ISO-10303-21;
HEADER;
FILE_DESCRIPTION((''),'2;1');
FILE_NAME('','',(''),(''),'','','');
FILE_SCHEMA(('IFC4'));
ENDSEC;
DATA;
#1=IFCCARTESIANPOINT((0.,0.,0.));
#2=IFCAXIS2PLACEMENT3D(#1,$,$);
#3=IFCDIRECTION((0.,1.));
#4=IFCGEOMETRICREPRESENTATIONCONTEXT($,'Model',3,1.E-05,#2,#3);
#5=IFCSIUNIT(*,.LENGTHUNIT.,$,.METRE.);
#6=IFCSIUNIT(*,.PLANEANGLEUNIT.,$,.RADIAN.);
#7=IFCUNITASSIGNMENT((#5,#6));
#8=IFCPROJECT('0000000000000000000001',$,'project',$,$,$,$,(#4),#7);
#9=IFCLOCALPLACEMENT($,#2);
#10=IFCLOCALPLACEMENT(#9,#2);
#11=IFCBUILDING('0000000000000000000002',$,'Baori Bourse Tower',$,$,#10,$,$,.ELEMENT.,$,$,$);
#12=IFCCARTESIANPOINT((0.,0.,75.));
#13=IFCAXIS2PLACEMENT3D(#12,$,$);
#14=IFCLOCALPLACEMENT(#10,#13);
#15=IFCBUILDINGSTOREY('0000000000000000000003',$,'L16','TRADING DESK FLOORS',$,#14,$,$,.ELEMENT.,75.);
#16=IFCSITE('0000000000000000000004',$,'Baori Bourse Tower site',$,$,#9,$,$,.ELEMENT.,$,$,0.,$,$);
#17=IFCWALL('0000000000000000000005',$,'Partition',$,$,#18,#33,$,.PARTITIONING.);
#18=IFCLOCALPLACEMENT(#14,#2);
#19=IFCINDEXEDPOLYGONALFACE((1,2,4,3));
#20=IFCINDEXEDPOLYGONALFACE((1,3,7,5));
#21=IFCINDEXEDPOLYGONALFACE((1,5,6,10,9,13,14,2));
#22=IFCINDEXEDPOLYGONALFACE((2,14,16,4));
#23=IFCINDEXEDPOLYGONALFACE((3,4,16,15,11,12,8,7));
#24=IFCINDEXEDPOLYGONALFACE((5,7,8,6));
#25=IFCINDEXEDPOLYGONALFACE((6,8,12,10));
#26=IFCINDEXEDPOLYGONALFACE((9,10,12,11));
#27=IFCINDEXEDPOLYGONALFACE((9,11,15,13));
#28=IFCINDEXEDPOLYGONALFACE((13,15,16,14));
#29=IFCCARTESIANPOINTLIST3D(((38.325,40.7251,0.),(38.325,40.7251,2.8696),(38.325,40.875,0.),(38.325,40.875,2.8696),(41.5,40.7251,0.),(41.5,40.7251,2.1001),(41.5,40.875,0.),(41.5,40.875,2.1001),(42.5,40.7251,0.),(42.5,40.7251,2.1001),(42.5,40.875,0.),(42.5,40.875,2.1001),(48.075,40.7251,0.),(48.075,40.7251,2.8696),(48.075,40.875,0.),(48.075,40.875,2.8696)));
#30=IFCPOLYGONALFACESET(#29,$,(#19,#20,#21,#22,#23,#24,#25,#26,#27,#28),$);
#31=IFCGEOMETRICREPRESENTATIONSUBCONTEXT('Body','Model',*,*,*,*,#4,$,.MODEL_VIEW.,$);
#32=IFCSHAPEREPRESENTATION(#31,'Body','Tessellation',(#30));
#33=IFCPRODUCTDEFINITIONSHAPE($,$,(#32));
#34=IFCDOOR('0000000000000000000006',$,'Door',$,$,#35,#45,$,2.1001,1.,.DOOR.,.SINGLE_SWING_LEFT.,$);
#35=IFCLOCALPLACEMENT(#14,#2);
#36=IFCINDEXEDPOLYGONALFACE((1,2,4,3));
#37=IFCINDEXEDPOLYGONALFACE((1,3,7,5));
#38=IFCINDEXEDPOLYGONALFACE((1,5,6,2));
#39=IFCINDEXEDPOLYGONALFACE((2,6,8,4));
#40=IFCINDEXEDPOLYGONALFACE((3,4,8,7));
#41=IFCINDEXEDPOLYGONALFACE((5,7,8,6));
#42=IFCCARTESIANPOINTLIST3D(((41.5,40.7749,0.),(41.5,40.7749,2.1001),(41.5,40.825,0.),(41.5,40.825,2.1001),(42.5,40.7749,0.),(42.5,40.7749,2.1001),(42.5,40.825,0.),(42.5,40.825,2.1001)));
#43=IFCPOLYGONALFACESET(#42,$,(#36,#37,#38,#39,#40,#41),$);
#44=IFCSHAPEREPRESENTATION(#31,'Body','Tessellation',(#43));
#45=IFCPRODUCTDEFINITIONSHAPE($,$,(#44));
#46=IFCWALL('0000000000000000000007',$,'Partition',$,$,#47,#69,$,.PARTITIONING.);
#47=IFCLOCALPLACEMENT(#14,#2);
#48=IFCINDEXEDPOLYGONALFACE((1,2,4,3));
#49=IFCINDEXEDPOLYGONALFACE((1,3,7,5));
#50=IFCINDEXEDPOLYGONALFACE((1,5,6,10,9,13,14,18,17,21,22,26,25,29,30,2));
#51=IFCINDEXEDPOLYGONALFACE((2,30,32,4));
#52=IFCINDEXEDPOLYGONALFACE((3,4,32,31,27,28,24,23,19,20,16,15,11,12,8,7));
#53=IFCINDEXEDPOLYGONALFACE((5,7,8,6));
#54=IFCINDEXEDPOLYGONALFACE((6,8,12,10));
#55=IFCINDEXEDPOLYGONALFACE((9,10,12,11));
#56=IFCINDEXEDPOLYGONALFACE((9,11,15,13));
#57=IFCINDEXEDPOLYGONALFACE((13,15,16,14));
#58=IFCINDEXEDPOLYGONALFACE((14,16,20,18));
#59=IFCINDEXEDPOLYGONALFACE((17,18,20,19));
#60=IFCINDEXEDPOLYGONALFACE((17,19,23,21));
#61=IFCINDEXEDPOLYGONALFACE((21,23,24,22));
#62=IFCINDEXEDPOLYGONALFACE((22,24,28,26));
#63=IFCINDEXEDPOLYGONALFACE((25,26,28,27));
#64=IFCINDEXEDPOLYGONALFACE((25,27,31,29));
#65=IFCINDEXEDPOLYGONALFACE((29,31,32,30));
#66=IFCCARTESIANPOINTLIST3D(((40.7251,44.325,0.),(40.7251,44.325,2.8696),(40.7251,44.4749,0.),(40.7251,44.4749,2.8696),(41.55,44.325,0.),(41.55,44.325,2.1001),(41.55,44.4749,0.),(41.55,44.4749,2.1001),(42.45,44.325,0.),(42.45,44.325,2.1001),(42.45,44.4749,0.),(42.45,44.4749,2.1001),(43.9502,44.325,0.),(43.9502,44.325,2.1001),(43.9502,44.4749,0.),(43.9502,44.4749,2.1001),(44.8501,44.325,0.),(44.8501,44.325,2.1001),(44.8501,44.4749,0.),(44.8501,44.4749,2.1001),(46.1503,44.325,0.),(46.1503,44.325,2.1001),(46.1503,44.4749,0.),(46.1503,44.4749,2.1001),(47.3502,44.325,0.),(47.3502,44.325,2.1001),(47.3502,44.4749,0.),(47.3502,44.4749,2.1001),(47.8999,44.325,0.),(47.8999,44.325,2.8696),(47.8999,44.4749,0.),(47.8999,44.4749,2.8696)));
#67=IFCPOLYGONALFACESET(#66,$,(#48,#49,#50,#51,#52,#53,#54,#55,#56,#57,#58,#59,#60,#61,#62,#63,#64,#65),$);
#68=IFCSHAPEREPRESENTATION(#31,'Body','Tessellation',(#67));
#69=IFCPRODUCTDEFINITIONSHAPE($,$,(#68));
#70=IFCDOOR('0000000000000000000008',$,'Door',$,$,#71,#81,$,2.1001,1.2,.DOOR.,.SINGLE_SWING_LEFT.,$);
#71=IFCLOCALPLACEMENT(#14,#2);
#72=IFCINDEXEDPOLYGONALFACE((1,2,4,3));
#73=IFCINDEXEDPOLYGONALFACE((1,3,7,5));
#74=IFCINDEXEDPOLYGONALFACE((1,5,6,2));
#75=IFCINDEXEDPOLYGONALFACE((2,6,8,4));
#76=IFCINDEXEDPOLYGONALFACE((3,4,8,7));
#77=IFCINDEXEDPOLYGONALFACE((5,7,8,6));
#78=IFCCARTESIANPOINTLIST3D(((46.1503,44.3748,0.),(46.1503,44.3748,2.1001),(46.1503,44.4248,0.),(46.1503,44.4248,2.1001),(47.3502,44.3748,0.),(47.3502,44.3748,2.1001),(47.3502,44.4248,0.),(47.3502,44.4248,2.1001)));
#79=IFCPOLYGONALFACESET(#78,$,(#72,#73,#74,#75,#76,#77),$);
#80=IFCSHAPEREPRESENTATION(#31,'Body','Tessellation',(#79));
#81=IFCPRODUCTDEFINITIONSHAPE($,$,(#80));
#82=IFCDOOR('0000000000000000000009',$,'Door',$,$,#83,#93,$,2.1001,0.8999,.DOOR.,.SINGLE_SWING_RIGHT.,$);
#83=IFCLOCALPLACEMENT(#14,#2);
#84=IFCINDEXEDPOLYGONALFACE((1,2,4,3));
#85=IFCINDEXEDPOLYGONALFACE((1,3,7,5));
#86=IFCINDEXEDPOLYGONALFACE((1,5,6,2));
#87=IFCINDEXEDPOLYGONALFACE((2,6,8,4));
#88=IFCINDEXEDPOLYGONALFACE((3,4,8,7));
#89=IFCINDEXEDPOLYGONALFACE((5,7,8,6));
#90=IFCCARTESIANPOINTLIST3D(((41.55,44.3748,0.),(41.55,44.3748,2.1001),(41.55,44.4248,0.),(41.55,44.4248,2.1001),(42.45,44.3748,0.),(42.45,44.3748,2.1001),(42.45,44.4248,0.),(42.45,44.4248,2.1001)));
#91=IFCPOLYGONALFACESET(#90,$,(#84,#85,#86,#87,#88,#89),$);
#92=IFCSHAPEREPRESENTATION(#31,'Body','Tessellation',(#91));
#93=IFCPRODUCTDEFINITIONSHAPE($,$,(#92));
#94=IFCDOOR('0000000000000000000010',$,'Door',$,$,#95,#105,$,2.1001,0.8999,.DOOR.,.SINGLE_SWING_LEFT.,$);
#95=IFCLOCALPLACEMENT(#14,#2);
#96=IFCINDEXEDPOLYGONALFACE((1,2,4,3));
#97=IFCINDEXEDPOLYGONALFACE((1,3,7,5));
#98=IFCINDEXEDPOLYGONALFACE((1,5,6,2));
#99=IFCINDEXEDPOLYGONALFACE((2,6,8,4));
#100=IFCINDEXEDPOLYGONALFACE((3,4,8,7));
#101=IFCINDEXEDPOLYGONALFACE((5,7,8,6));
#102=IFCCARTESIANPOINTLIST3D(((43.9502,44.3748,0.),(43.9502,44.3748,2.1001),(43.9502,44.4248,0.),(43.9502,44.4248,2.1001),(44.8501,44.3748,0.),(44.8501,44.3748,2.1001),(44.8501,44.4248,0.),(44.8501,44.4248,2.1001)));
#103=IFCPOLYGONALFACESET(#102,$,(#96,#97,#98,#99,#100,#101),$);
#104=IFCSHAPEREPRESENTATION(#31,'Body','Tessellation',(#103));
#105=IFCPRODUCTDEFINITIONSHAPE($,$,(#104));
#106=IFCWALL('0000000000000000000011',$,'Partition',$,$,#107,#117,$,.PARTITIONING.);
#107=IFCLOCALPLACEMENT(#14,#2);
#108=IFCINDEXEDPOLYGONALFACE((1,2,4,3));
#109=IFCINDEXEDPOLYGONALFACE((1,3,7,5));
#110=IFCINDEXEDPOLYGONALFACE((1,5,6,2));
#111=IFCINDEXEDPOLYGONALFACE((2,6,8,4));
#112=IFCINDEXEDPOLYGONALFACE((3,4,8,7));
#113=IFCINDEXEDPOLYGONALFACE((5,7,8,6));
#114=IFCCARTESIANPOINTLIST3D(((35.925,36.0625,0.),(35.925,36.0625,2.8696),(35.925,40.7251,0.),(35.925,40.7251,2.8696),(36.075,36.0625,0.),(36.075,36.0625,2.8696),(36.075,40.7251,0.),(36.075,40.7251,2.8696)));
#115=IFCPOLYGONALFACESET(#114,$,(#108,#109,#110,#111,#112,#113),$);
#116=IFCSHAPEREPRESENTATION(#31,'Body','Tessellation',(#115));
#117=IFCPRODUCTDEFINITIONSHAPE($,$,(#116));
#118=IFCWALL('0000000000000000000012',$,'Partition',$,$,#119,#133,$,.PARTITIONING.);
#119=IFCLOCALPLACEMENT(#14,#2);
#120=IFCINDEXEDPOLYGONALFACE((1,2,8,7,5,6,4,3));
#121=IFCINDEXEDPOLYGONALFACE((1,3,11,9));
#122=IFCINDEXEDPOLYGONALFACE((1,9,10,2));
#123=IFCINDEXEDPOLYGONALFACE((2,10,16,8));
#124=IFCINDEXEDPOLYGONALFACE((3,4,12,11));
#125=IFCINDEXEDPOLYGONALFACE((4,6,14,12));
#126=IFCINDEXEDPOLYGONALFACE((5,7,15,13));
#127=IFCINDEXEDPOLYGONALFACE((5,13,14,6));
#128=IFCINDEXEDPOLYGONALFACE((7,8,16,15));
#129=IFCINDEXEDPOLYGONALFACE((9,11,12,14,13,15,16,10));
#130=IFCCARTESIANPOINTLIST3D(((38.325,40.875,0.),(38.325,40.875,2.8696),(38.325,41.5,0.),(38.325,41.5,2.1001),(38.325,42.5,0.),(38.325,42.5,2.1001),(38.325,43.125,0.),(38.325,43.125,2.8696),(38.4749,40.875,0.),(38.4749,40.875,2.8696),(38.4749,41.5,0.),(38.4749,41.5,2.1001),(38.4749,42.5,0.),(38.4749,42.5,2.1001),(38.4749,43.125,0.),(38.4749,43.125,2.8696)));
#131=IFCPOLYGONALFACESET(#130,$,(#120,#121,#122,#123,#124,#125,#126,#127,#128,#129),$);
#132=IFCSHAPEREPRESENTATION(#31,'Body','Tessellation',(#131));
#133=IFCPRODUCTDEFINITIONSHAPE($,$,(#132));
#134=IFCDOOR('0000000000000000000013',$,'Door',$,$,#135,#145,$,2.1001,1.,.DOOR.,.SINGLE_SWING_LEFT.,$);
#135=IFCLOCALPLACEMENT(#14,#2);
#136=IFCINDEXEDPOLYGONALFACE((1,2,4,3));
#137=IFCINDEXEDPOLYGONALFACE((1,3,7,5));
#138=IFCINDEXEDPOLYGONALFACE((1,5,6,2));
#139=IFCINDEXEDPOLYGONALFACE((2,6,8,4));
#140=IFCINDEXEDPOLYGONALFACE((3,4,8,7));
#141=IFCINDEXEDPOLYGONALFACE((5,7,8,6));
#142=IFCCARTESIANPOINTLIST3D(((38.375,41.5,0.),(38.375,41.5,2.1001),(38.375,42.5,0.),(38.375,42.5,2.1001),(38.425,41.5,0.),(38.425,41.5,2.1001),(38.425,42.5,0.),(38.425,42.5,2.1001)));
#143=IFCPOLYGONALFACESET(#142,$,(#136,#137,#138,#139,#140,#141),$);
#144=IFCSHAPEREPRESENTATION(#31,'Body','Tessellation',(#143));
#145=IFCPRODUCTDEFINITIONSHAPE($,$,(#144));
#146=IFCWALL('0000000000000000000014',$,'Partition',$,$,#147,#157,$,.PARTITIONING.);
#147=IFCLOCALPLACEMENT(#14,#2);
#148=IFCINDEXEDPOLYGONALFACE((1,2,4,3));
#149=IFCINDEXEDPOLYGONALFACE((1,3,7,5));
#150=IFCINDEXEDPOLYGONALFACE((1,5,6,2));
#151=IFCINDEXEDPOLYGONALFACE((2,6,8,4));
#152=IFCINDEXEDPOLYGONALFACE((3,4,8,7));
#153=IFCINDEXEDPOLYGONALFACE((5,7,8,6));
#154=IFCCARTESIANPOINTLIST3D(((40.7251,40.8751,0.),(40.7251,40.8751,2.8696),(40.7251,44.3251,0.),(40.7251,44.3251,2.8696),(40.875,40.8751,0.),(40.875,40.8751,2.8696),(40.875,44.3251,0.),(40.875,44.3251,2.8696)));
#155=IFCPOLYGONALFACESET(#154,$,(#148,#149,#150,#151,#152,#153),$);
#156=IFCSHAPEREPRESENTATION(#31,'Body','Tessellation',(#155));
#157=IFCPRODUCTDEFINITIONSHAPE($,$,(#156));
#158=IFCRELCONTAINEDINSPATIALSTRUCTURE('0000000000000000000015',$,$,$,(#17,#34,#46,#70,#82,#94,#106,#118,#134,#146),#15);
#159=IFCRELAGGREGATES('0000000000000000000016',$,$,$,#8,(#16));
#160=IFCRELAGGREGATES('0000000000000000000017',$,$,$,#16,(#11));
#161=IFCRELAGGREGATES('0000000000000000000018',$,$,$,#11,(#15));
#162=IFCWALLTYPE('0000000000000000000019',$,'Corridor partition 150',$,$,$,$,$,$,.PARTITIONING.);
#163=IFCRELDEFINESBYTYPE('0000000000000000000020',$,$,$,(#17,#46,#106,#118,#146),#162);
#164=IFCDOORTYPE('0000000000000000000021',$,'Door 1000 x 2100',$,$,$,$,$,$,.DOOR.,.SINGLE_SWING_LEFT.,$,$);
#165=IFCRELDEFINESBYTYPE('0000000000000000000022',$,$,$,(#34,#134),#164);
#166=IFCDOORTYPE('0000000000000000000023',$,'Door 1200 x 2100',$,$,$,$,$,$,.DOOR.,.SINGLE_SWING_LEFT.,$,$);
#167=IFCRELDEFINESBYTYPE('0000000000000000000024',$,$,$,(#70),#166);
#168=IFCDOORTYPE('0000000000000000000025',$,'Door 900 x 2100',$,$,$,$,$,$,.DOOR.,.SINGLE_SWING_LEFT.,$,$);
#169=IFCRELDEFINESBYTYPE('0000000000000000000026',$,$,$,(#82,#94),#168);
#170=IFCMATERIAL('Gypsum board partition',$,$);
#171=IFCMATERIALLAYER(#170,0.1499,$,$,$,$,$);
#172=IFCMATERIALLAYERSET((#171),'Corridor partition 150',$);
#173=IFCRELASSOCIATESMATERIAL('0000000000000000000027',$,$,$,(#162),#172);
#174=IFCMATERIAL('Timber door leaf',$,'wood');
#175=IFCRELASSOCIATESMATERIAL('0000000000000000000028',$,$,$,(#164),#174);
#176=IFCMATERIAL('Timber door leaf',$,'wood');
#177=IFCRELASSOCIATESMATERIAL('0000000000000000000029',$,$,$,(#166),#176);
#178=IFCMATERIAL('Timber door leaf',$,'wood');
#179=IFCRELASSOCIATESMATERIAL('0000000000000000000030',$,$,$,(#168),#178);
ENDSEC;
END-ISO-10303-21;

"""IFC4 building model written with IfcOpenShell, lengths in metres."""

from ifc_helpers import new_model, si_unit, direction, frame, frame_2d, origin, place, context, subcontext, project, spatial, rectangle, extrude, material, layer, layer_set, type_object, element, fill, save


model = new_model("IFC4")

# Units and contexts
model_context = context("Model", 3, precision=1e-05, world=origin(), true_north=direction((0.0, 1.0)))
body_context = subcontext(model_context, "Body", "Model", "MODEL_VIEW")
ifc_project = project(units=[si_unit("LENGTHUNIT", "METRE"), si_unit("PLANEANGLEUNIT", "RADIAN")], contexts=[model_context])

# Site, building, storey
site_placement = place(None, origin())
site = spatial("IfcSite", under=ifc_project, at=site_placement, Name="Baori Bourse Tower site", CompositionType="ELEMENT", RefElevation=0.0)
building_placement = place(site_placement, origin())
building = spatial("IfcBuilding", under=site, at=building_placement, Name="Baori Bourse Tower", CompositionType="ELEMENT")
storey_placement = place(building_placement, frame((0.0, 0.0, 75.0)))
storey = spatial("IfcBuildingStorey", under=building, at=storey_placement, Name="L16", Description="TRADING DESK FLOORS", CompositionType="ELEMENT", Elevation=75.0)

# Wall, opening, door
ifc_material_1 = material(Name="Gypsum board partition")
ifc_layer_1 = layer(ifc_material_1, 0.1499)
ifc_layer_set_1 = layer_set([ifc_layer_1], Name="Corridor partition 150")
wall_type_1 = type_object("IfcWallType", Name="Corridor partition 150", PredefinedType="PARTITIONING", material=ifc_layer_set_1)
wall_1_placement = place(storey_placement, frame((38.325, 40.8, 0.0), z_axis=(0.0, 0.0, 1.0), x_axis=(1.0, 0.0, 0.0)))
wall_1 = element("IfcWall", 1, at=wall_1_placement, inside=storey, type_object=wall_type_1, Name="Partition", PredefinedType="PARTITIONING", context=body_context, shape_type="SweptSolid", body=[
    extrude(rectangle(XDim=9.75, YDim=0.1499, at=frame_2d((4.875, 0.0))), origin(), (0.0, 0.0, 1.0), 2.8696),
])
opening_1_placement = place(wall_1_placement, frame((3.175, 0.0, 0.0)))
opening_1 = element("IfcOpeningElement", 2, at=opening_1_placement, cuts=wall_1, PredefinedType="OPENING", context=body_context, shape_type="SweptSolid", body=[
    extrude(rectangle(XDim=1.0, YDim=2.1001, at=frame_2d((0.5, 1.05))), frame((0.0, 0.085, 0.0), z_axis=(0.0, -1.0, 0.0), x_axis=(1.0, 0.0, 0.0)), (0.0, 0.0, 1.0), 0.1699),
])
ifc_material_2 = material(Name="Timber door leaf", Category="wood")
door_type_1 = type_object("IfcDoorType", Name="Door 1000 x 2100", OperationType="SINGLE_SWING_LEFT", PredefinedType="DOOR", material=ifc_material_2)
door_1_placement = place(opening_1_placement, origin())
door_1 = element("IfcDoor", 3, at=door_1_placement, inside=storey, type_object=door_type_1, Name="Door", OperationType="SINGLE_SWING_LEFT", OverallHeight=2.1001, OverallWidth=1.0, PredefinedType="DOOR", context=body_context, shape_type="SweptSolid", body=[
    extrude(rectangle(XDim=1.0, YDim=2.1001, at=frame_2d((0.5, 1.05))), frame((0.0, 0.0249, 0.0), z_axis=(0.0, -1.0, 0.0), x_axis=(1.0, 0.0, 0.0)), (0.0, 0.0, 1.0), 0.05),
])
fill(opening_1, door_1)

# Wall, openings, doors
wall_2_placement = place(storey_placement, frame((40.7251, 44.3999, 0.0), z_axis=(0.0, 0.0, 1.0), x_axis=(1.0, 0.0, 0.0)))
wall_2 = element("IfcWall", 4, at=wall_2_placement, inside=storey, type_object=wall_type_1, Name="Partition", PredefinedType="PARTITIONING", context=body_context, shape_type="SweptSolid", body=[
    extrude(rectangle(XDim=7.1748, YDim=0.1499, at=frame_2d((3.5874, 0.0))), origin(), (0.0, 0.0, 1.0), 2.8696),
])
opening_2_placement = place(wall_2_placement, frame((0.825, 0.0, 0.0)))
opening_2 = element("IfcOpeningElement", 5, at=opening_2_placement, cuts=wall_2, PredefinedType="OPENING", context=body_context, shape_type="SweptSolid", body=[
    extrude(rectangle(XDim=0.8999, YDim=2.1001, at=frame_2d((0.45, 1.05))), frame((0.0, 0.085, 0.0), z_axis=(0.0, -1.0, 0.0), x_axis=(1.0, 0.0, 0.0)), (0.0, 0.0, 1.0), 0.1699),
])
opening_3_placement = place(wall_2_placement, frame((3.2251, 0.0, 0.0)))
opening_3 = element("IfcOpeningElement", 6, at=opening_3_placement, cuts=wall_2, PredefinedType="OPENING", context=body_context, shape_type="SweptSolid", body=[
    extrude(rectangle(XDim=0.8999, YDim=2.1001, at=frame_2d((0.45, 1.05))), frame((0.0, 0.085, 0.0), z_axis=(0.0, -1.0, 0.0), x_axis=(1.0, 0.0, 0.0)), (0.0, 0.0, 1.0), 0.1699),
])
opening_4_placement = place(wall_2_placement, frame((5.425, 0.0, 0.0)))
opening_4 = element("IfcOpeningElement", 7, at=opening_4_placement, cuts=wall_2, PredefinedType="OPENING", context=body_context, shape_type="SweptSolid", body=[
    extrude(rectangle(XDim=1.2, YDim=2.1001, at=frame_2d((0.6001, 1.05))), frame((0.0, 0.085, 0.0), z_axis=(0.0, -1.0, 0.0), x_axis=(1.0, 0.0, 0.0)), (0.0, 0.0, 1.0), 0.1699),
])
ifc_material_3 = material(Name="Timber door leaf", Category="wood")
door_type_2 = type_object("IfcDoorType", Name="Door 1200 x 2100", OperationType="SINGLE_SWING_LEFT", PredefinedType="DOOR", material=ifc_material_3)
door_2_placement = place(opening_4_placement, origin())
door_2 = element("IfcDoor", 8, at=door_2_placement, inside=storey, type_object=door_type_2, Name="Door", OperationType="SINGLE_SWING_LEFT", OverallHeight=2.1001, OverallWidth=1.2, PredefinedType="DOOR", context=body_context, shape_type="SweptSolid", body=[
    extrude(rectangle(XDim=1.2, YDim=2.1001, at=frame_2d((0.6001, 1.05))), frame((0.0, 0.0249, 0.0), z_axis=(0.0, -1.0, 0.0), x_axis=(1.0, 0.0, 0.0)), (0.0, 0.0, 1.0), 0.05),
])
fill(opening_4, door_2)
ifc_material_4 = material(Name="Timber door leaf", Category="wood")
door_type_3 = type_object("IfcDoorType", Name="Door 900 x 2100", OperationType="SINGLE_SWING_LEFT", PredefinedType="DOOR", material=ifc_material_4)
door_3_placement = place(opening_2_placement, origin())
door_3 = element("IfcDoor", 9, at=door_3_placement, inside=storey, type_object=door_type_3, Name="Door", OperationType="SINGLE_SWING_RIGHT", OverallHeight=2.1001, OverallWidth=0.8999, PredefinedType="DOOR", context=body_context, shape_type="SweptSolid", body=[
    extrude(rectangle(XDim=0.8999, YDim=2.1001, at=frame_2d((0.45, 1.05))), frame((0.0, 0.0249, 0.0), z_axis=(0.0, -1.0, 0.0), x_axis=(1.0, 0.0, 0.0)), (0.0, 0.0, 1.0), 0.05),
])
fill(opening_2, door_3)
door_4_placement = place(opening_3_placement, origin())
door_4 = element("IfcDoor", 10, at=door_4_placement, inside=storey, type_object=door_type_3, Name="Door", OperationType="SINGLE_SWING_LEFT", OverallHeight=2.1001, OverallWidth=0.8999, PredefinedType="DOOR", context=body_context, shape_type="SweptSolid", body=[
    extrude(rectangle(XDim=0.8999, YDim=2.1001, at=frame_2d((0.45, 1.05))), frame((0.0, 0.0249, 0.0), z_axis=(0.0, -1.0, 0.0), x_axis=(1.0, 0.0, 0.0)), (0.0, 0.0, 1.0), 0.05),
])
fill(opening_3, door_4)

# Wall
wall_3_placement = place(storey_placement, frame((36.0, 36.0625, 0.0), z_axis=(0.0, 0.0, 1.0), x_axis=(0.0, 1.0, 0.0)))
element("IfcWall", 11, at=wall_3_placement, inside=storey, type_object=wall_type_1, Name="Partition", PredefinedType="PARTITIONING", context=body_context, shape_type="SweptSolid", body=[
    extrude(rectangle(XDim=4.6626, YDim=0.1499, at=frame_2d((2.3313, 0.0))), origin(), (0.0, 0.0, 1.0), 2.8696),
])

# Wall, opening, door
wall_4_placement = place(storey_placement, frame((38.3999, 40.875, 0.0), z_axis=(0.0, 0.0, 1.0), x_axis=(0.0, 1.0, 0.0)))
wall_4 = element("IfcWall", 12, at=wall_4_placement, inside=storey, type_object=wall_type_1, Name="Partition", PredefinedType="PARTITIONING", context=body_context, shape_type="SweptSolid", body=[
    extrude(rectangle(XDim=2.25, YDim=0.1499, at=frame_2d((1.125, 0.0))), origin(), (0.0, 0.0, 1.0), 2.8696),
])
opening_5_placement = place(wall_4_placement, frame((0.625, 0.0, 0.0)))
opening_5 = element("IfcOpeningElement", 13, at=opening_5_placement, cuts=wall_4, PredefinedType="OPENING", context=body_context, shape_type="SweptSolid", body=[
    extrude(rectangle(XDim=1.0, YDim=2.1001, at=frame_2d((0.5, 1.05))), frame((0.0, 0.085, 0.0), z_axis=(0.0, -1.0, 0.0), x_axis=(1.0, 0.0, 0.0)), (0.0, 0.0, 1.0), 0.1699),
])
door_5_placement = place(opening_5_placement, origin())
door_5 = element("IfcDoor", 14, at=door_5_placement, inside=storey, type_object=door_type_1, Name="Door", OperationType="SINGLE_SWING_LEFT", OverallHeight=2.1001, OverallWidth=1.0, PredefinedType="DOOR", context=body_context, shape_type="SweptSolid", body=[
    extrude(rectangle(XDim=1.0, YDim=2.1001, at=frame_2d((0.5, 1.05))), frame((0.0, 0.0249, 0.0), z_axis=(0.0, -1.0, 0.0), x_axis=(1.0, 0.0, 0.0)), (0.0, 0.0, 1.0), 0.05),
])
fill(opening_5, door_5)

# Wall
wall_5_placement = place(storey_placement, frame((40.8, 40.875, 0.0), z_axis=(0.0, 0.0, 1.0), x_axis=(0.0, 1.0, 0.0)))
element("IfcWall", 15, at=wall_5_placement, inside=storey, type_object=wall_type_1, Name="Partition", PredefinedType="PARTITIONING", context=body_context, shape_type="SweptSolid", body=[
    extrude(rectangle(XDim=3.45, YDim=0.1499, at=frame_2d((1.7251, 0.0))), origin(), (0.0, 0.0, 1.0), 2.8696),
])

save(model, "model.ifc")
